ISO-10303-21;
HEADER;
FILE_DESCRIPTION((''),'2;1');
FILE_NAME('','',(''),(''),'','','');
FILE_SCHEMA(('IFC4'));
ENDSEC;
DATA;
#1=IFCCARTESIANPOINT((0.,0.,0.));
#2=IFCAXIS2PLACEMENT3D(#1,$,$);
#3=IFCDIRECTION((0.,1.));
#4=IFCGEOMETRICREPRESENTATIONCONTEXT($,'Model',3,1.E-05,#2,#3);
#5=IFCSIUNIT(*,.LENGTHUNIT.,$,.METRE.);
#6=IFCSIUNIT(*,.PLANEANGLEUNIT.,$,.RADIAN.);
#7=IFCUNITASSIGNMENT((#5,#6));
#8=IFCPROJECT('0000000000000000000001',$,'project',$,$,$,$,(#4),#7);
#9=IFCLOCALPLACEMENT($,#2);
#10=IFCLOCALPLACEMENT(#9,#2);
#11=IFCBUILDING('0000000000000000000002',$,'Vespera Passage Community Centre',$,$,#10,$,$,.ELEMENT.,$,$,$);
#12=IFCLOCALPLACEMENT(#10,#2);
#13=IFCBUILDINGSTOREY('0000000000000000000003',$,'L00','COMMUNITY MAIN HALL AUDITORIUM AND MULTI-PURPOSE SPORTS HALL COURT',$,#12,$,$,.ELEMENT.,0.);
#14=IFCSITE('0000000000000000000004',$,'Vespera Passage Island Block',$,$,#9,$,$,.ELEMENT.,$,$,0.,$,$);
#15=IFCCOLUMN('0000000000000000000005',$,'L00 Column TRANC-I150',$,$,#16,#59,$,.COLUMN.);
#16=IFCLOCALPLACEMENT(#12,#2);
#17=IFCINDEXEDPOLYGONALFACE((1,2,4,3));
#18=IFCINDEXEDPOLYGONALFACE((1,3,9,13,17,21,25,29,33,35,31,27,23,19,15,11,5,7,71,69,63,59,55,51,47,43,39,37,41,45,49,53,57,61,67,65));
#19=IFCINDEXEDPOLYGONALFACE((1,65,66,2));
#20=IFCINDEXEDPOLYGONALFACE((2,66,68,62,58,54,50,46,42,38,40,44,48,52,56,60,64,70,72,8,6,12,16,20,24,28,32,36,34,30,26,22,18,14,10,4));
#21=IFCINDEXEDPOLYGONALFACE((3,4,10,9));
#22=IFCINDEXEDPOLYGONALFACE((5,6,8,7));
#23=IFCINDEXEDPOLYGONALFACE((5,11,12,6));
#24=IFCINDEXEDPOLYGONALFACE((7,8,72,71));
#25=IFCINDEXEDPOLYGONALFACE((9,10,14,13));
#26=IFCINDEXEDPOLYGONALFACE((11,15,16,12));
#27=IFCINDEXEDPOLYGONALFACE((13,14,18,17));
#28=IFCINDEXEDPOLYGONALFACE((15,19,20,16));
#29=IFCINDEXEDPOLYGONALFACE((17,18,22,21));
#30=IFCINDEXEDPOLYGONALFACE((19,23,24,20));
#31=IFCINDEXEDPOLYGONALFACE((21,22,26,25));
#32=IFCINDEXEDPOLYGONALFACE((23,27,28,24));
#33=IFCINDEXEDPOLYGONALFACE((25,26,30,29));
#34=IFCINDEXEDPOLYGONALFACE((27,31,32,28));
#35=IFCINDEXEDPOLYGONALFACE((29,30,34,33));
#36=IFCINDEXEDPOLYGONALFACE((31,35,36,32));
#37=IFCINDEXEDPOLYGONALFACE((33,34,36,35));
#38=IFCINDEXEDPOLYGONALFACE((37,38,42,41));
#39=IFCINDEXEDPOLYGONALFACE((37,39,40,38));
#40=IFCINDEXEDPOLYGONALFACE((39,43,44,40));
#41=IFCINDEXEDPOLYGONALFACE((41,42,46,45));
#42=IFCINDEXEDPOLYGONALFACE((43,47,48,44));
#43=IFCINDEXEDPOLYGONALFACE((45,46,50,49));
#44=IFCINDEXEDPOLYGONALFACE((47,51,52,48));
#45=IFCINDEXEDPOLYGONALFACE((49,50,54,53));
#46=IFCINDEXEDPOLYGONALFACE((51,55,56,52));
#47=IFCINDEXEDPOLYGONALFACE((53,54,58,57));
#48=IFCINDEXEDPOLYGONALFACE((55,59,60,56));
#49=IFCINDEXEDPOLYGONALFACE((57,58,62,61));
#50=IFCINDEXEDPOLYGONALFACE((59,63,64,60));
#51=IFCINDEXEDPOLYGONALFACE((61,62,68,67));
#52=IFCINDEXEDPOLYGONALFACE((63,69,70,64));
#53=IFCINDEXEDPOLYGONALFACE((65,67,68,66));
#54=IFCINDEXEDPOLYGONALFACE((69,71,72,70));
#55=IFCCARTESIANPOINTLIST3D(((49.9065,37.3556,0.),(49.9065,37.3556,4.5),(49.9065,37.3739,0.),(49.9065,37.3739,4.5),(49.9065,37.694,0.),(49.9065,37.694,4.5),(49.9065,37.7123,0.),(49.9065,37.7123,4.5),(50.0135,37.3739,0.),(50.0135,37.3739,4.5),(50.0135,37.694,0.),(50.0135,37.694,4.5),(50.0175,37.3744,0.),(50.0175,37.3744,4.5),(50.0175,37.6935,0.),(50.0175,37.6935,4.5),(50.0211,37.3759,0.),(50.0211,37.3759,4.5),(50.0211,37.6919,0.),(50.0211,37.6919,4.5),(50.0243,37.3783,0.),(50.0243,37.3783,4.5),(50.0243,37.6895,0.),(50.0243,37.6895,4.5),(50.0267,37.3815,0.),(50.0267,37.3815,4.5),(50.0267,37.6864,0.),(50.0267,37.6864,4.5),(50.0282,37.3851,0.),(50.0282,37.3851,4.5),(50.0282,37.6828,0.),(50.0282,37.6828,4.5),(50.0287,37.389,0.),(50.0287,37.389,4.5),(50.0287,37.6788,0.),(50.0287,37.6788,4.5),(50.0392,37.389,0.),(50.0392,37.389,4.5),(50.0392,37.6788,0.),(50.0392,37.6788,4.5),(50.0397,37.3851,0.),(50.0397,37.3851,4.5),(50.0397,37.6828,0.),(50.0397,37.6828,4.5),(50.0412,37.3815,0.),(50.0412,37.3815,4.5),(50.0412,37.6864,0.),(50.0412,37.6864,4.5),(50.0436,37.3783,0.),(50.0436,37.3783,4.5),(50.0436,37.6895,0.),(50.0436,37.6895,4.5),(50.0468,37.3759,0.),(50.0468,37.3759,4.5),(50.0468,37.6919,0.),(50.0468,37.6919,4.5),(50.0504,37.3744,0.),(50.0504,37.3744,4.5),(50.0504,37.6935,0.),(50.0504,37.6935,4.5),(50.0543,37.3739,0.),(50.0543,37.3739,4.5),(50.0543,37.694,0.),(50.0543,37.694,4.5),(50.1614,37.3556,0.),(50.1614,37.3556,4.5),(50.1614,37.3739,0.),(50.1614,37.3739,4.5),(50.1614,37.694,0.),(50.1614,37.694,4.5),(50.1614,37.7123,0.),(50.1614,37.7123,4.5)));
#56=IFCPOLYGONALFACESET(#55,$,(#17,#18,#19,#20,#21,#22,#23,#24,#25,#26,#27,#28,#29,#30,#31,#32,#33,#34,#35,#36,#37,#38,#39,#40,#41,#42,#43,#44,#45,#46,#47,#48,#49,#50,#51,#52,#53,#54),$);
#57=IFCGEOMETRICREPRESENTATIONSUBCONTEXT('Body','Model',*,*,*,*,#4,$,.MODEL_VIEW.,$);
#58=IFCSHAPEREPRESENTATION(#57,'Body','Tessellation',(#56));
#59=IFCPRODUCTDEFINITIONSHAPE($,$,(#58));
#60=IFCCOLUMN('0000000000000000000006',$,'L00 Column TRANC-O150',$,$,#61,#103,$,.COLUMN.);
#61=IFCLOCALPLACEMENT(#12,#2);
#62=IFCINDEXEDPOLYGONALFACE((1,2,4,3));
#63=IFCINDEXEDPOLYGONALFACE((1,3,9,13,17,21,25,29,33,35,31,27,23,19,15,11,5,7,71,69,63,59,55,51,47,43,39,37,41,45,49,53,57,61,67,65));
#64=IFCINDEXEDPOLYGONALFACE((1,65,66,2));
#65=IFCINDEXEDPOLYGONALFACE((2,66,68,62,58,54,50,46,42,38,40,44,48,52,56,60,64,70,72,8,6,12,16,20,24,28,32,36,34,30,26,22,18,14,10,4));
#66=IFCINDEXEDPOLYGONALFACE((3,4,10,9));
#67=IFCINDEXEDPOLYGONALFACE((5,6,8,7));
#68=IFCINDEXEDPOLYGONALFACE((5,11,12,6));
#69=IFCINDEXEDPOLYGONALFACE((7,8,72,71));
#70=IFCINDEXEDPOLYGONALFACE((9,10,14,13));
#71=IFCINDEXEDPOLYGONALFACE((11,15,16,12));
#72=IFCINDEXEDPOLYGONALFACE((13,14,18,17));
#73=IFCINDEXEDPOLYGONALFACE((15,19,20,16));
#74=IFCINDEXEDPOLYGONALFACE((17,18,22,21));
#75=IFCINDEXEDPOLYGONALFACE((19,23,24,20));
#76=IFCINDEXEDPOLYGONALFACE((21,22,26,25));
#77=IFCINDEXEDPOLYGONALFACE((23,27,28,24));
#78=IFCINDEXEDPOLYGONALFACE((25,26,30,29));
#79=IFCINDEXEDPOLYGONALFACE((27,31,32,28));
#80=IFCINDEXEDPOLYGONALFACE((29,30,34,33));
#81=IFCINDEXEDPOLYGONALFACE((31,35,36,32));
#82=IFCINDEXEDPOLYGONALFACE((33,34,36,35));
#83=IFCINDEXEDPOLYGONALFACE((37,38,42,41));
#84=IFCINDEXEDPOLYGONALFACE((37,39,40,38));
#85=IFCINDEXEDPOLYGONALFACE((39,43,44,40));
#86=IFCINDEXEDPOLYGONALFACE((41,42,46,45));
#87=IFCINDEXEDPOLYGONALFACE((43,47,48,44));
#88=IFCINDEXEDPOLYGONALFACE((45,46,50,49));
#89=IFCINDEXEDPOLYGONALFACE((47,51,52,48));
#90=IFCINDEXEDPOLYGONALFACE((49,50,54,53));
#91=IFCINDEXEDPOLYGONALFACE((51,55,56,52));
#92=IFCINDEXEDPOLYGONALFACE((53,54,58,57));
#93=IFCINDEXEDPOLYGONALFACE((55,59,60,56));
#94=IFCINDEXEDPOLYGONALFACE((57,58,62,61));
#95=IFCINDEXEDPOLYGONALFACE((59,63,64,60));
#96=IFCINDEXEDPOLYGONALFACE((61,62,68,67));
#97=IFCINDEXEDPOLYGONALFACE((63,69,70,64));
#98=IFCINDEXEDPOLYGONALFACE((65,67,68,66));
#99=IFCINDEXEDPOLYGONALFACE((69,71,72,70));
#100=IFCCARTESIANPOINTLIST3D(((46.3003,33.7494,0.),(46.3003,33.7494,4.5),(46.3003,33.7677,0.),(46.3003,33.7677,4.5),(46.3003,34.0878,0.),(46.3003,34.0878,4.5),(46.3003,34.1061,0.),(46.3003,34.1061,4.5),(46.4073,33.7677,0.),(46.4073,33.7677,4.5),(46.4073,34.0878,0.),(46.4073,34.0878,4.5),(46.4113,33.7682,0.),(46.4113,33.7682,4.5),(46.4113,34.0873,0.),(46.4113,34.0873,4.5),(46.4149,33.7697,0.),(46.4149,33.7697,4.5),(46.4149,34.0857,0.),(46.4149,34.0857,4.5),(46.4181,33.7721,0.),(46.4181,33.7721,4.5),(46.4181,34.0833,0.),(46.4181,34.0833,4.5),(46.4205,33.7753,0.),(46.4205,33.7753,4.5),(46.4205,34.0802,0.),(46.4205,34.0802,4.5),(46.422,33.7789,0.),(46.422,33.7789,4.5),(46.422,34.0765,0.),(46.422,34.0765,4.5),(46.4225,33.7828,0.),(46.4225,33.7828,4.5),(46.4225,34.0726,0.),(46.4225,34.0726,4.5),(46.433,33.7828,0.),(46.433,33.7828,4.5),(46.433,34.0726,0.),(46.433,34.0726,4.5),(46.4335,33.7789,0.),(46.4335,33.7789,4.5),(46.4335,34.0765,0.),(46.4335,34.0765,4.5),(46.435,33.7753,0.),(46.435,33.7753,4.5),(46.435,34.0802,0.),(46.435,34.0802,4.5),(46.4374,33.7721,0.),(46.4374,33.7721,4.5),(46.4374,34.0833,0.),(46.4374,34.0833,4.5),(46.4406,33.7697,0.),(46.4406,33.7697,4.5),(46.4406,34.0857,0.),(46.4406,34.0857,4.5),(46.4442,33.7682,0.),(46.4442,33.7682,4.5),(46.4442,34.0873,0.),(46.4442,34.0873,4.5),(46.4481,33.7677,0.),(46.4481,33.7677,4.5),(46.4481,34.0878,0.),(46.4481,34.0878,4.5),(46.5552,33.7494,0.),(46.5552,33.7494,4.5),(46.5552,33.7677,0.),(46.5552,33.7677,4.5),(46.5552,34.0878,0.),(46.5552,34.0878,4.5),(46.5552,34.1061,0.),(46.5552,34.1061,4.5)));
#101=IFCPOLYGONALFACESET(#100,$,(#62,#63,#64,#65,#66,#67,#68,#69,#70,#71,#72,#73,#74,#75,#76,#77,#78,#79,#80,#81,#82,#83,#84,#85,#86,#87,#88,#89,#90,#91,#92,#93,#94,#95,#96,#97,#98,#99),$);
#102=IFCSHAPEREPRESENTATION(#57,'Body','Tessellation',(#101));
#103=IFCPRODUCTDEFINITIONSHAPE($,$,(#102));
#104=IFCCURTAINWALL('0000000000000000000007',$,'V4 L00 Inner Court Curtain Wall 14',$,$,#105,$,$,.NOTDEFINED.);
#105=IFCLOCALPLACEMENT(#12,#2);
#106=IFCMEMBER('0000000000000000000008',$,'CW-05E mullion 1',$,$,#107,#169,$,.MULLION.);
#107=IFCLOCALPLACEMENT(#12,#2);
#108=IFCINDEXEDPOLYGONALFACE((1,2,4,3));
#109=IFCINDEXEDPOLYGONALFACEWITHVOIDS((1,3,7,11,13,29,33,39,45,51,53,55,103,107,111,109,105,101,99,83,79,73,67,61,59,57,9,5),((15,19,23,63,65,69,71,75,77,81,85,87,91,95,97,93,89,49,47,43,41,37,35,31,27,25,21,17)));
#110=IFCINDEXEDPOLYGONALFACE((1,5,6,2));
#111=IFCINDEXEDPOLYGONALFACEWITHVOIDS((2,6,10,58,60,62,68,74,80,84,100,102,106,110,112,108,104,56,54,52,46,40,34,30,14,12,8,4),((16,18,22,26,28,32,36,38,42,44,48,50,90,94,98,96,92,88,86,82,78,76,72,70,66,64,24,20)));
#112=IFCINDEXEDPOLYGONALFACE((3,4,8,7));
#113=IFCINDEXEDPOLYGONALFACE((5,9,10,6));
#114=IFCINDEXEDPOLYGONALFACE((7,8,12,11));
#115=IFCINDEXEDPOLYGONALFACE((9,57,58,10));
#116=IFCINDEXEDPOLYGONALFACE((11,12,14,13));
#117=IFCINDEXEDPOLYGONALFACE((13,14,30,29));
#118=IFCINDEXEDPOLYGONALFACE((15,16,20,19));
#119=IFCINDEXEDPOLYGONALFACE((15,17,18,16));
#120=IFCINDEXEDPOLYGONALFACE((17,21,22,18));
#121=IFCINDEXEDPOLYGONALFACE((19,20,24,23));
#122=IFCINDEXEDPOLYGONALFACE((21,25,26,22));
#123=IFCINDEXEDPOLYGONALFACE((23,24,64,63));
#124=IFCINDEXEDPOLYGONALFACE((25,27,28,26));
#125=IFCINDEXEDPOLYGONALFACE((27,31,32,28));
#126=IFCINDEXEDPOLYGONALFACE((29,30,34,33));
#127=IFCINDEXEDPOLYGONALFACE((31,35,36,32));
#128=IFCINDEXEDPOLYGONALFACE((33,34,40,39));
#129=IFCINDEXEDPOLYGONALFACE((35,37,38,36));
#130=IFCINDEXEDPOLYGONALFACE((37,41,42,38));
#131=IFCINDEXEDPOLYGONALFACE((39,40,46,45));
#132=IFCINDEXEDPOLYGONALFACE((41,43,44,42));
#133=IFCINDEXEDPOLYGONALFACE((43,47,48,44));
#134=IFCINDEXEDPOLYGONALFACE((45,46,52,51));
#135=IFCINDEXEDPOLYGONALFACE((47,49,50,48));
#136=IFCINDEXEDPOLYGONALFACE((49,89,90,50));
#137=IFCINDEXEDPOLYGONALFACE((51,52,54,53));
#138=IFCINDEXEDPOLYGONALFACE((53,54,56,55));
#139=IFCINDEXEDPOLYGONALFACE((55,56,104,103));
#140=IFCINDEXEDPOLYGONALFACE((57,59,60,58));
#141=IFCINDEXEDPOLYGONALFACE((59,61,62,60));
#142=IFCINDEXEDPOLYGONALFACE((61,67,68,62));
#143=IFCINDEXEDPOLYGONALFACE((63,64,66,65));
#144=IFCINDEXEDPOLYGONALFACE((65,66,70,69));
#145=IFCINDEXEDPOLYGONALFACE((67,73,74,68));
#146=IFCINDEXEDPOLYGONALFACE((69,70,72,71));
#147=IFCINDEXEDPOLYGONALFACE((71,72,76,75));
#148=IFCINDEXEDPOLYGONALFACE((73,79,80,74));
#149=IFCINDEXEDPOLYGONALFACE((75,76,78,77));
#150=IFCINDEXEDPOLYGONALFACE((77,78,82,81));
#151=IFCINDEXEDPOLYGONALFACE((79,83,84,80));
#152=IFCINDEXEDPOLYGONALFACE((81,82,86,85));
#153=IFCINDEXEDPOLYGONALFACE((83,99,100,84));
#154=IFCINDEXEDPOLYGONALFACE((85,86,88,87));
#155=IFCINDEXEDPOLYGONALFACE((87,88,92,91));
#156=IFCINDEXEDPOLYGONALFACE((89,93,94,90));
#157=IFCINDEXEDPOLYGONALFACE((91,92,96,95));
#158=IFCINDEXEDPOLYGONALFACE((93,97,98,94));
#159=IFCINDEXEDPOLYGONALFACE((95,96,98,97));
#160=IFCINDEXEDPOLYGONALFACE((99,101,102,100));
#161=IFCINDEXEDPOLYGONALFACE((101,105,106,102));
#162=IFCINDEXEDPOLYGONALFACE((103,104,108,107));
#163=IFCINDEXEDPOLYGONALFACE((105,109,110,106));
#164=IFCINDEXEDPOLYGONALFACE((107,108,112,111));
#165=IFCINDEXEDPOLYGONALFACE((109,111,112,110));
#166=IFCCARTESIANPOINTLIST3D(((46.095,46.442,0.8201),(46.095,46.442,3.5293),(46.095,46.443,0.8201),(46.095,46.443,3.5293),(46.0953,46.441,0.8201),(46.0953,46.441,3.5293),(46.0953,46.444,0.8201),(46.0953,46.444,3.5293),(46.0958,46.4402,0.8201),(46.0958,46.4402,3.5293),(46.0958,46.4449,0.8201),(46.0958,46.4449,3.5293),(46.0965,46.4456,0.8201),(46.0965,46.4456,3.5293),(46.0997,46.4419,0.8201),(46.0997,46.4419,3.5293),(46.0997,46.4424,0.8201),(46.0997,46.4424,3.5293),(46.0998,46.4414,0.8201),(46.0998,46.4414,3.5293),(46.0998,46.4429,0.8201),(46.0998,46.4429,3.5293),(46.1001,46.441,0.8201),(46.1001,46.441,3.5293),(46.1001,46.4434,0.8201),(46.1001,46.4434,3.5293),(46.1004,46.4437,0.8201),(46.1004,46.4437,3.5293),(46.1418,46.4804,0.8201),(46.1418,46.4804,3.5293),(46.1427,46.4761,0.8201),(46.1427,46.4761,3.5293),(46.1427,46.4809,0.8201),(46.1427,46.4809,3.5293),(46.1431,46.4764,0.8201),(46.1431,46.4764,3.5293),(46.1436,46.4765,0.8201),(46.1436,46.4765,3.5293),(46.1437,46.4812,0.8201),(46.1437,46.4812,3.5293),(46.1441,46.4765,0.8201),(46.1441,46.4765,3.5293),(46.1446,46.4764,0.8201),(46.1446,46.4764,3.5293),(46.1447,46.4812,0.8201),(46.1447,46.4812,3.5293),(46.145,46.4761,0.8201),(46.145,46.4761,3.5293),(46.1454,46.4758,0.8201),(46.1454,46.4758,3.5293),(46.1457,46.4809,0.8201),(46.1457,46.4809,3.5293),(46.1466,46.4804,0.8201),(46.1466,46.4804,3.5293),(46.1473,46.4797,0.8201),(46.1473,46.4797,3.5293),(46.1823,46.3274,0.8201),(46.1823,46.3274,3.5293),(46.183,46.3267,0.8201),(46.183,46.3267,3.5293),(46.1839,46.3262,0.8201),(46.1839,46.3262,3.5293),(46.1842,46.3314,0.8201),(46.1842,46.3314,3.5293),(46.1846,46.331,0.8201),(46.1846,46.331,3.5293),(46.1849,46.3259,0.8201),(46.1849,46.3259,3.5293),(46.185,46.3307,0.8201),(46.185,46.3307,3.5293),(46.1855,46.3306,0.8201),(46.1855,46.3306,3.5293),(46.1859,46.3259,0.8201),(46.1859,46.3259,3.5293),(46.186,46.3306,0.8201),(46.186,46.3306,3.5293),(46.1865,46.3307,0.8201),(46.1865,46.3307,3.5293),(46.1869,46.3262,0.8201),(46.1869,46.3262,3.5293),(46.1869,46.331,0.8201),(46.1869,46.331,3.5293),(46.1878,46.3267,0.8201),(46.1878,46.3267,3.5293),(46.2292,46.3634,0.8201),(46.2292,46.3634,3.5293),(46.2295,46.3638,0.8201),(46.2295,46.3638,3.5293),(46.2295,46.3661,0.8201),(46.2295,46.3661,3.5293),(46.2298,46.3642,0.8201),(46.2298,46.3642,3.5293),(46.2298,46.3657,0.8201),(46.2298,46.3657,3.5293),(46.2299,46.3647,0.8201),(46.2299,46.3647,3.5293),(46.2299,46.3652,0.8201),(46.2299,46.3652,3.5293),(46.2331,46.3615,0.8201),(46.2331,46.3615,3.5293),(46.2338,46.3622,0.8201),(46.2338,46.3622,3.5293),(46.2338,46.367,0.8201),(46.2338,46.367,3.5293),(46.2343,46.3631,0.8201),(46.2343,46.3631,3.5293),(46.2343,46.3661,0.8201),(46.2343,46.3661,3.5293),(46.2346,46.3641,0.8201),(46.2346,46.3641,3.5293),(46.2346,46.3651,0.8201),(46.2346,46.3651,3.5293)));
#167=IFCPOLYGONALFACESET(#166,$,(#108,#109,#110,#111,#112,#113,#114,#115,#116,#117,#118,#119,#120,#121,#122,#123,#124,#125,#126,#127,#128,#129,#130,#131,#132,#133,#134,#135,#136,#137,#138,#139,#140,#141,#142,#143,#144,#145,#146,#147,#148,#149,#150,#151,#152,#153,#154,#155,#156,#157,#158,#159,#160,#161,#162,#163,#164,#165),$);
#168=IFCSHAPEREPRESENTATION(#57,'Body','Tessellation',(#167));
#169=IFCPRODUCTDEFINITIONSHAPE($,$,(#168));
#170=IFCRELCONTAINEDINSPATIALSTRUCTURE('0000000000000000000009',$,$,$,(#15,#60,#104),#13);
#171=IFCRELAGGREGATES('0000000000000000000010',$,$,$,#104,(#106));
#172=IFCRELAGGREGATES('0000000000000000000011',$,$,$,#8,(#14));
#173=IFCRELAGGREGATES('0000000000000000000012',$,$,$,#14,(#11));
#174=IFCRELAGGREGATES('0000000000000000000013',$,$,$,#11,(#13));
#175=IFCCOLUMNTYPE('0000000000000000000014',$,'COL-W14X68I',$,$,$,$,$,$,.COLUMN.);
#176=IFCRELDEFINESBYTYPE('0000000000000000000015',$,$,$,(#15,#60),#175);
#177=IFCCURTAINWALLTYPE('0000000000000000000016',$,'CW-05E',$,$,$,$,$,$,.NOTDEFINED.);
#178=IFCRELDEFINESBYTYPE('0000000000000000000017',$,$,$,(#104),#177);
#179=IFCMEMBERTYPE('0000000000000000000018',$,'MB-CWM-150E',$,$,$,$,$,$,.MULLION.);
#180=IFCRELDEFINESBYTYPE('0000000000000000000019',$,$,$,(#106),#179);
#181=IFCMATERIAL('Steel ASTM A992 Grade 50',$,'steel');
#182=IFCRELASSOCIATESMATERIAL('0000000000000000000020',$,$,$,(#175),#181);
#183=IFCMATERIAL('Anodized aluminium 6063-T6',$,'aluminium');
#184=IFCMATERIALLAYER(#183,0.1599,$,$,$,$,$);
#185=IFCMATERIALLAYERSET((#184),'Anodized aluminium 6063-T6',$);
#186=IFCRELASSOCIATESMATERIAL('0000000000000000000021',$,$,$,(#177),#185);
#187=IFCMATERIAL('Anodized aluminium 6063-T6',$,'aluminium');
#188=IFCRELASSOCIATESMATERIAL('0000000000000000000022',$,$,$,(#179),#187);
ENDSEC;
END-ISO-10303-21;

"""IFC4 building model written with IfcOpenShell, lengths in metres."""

from ifc_helpers import new_model, si_unit, direction, frame, origin, origin_2d, place, context, subcontext, project, spatial, hollow_rectangle, i_section, extrude, material, layer, layer_set, material_profile, profile_set, type_object, element, aggregate, save


model = new_model("IFC4")

# Units and contexts
model_context = context("Model", 3, precision=1e-05, world=origin(), true_north=direction((0.0, 1.0)))
body_context = subcontext(model_context, "Body", "Model", "MODEL_VIEW")
ifc_project = project(units=[si_unit("LENGTHUNIT", "METRE"), si_unit("PLANEANGLEUNIT", "RADIAN")], contexts=[model_context])

# Site, building, storey
site_placement = place(None, origin())
site = spatial("IfcSite", under=ifc_project, at=site_placement, Name="Vespera Passage Island Block", CompositionType="ELEMENT", RefElevation=0.0)
building_placement = place(site_placement, origin())
building = spatial("IfcBuilding", under=site, at=building_placement, Name="Vespera Passage Community Centre", CompositionType="ELEMENT")
storey_placement = place(building_placement, origin())
storey = spatial("IfcBuildingStorey", under=building, at=storey_placement, Name="L00", Description="COMMUNITY MAIN HALL AUDITORIUM AND MULTI-PURPOSE SPORTS HALL COURT", CompositionType="ELEMENT", Elevation=0.0)

# Columns
ifc_material_1 = material(Name="Steel ASTM A992 Grade 50", Category="steel")
ifc_material_profile_1 = material_profile(ifc_material_1, i_section(OverallWidth=0.2549, OverallDepth=0.3567, WebThickness=0.0105, FlangeThickness=0.0183, FilletRadius=0.0151, at=origin_2d()), Name="W14X68")
ifc_profile_set_1 = profile_set([ifc_material_profile_1], Name="Steel ASTM A992 Grade 50")
column_type = type_object("IfcColumnType", Name="COL-W14X68I", PredefinedType="COLUMN", material=ifc_profile_set_1)
for number, where, z_axis, x_axis, name in (
    (1, (50.0339, 37.5339, 0.0), (0.0, 0.0, 1.0), (1.0, 0.0, 0.0), "L00 Column TRANC-I150"),
    (2, (46.4277, 33.9277, 0.0), (0.0, 0.0, 1.0), (1.0, 0.0, 0.0), "L00 Column TRANC-O150"),
):
    element("IfcColumn", number, at=place(storey_placement, frame(where, z_axis=z_axis, x_axis=x_axis)), inside=storey, type_object=column_type, Name=name, PredefinedType="COLUMN", context=body_context, shape_type="SweptSolid", body=[
        extrude(i_section(OverallWidth=0.2549, OverallDepth=0.3567, WebThickness=0.0105, FlangeThickness=0.0183, FilletRadius=0.0151, at=origin_2d()), origin(), (0.0, 0.0, 1.0), 4.5),
    ])

# Curtain wall, member
ifc_material_2 = material(Name="Anodized aluminium 6063-T6", Category="aluminium")
ifc_layer_1 = layer(ifc_material_2, 0.1599)
ifc_layer_set_1 = layer_set([ifc_layer_1], Name="Anodized aluminium 6063-T6")
curtain_wall_type = type_object("IfcCurtainWallType", Name="CW-05E", PredefinedType="NOTDEFINED", material=ifc_layer_set_1)
curtain_wall_placement = place(storey_placement, origin())
curtain_wall = element("IfcCurtainWall", 3, at=curtain_wall_placement, inside=storey, type_object=curtain_wall_type, Name="V4 L00 Inner Court Curtain Wall 14", PredefinedType="NOTDEFINED")
ifc_material_3 = material(Name="Anodized aluminium 6063-T6", Category="aluminium")
ifc_material_profile_2 = material_profile(ifc_material_3, hollow_rectangle(XDim=0.0649, YDim=0.1499, WallThickness=0.0039, InnerFilletRadius=0.002, OuterFilletRadius=0.0039, at=origin_2d()), Name="ALU150X65X4")
ifc_profile_set_2 = profile_set([ifc_material_profile_2], Name="Anodized aluminium 6063-T6")
member_type_1 = type_object("IfcMemberType", Name="MB-CWM-150E", PredefinedType="MULLION", material=ifc_profile_set_2)
member_1_placement = place(storey_placement, frame((46.1648, 46.4036, 0.8201), z_axis=(0.0, 0.0, 1.0), x_axis=(0.793358, 0.608755, 0.0)))
member_1 = element("IfcMember", 4, at=member_1_placement, type_object=member_type_1, Name="CW-05E mullion 1", PredefinedType="MULLION", context=body_context, shape_type="SweptSolid", body=[
    extrude(hollow_rectangle(XDim=0.0649, YDim=0.1499, WallThickness=0.0039, InnerFilletRadius=0.002, OuterFilletRadius=0.0039, at=origin_2d()), origin(), (0.0, 0.0, 1.0), 2.7092),
])
aggregate(curtain_wall, [member_1])

save(model, "model.ifc")
